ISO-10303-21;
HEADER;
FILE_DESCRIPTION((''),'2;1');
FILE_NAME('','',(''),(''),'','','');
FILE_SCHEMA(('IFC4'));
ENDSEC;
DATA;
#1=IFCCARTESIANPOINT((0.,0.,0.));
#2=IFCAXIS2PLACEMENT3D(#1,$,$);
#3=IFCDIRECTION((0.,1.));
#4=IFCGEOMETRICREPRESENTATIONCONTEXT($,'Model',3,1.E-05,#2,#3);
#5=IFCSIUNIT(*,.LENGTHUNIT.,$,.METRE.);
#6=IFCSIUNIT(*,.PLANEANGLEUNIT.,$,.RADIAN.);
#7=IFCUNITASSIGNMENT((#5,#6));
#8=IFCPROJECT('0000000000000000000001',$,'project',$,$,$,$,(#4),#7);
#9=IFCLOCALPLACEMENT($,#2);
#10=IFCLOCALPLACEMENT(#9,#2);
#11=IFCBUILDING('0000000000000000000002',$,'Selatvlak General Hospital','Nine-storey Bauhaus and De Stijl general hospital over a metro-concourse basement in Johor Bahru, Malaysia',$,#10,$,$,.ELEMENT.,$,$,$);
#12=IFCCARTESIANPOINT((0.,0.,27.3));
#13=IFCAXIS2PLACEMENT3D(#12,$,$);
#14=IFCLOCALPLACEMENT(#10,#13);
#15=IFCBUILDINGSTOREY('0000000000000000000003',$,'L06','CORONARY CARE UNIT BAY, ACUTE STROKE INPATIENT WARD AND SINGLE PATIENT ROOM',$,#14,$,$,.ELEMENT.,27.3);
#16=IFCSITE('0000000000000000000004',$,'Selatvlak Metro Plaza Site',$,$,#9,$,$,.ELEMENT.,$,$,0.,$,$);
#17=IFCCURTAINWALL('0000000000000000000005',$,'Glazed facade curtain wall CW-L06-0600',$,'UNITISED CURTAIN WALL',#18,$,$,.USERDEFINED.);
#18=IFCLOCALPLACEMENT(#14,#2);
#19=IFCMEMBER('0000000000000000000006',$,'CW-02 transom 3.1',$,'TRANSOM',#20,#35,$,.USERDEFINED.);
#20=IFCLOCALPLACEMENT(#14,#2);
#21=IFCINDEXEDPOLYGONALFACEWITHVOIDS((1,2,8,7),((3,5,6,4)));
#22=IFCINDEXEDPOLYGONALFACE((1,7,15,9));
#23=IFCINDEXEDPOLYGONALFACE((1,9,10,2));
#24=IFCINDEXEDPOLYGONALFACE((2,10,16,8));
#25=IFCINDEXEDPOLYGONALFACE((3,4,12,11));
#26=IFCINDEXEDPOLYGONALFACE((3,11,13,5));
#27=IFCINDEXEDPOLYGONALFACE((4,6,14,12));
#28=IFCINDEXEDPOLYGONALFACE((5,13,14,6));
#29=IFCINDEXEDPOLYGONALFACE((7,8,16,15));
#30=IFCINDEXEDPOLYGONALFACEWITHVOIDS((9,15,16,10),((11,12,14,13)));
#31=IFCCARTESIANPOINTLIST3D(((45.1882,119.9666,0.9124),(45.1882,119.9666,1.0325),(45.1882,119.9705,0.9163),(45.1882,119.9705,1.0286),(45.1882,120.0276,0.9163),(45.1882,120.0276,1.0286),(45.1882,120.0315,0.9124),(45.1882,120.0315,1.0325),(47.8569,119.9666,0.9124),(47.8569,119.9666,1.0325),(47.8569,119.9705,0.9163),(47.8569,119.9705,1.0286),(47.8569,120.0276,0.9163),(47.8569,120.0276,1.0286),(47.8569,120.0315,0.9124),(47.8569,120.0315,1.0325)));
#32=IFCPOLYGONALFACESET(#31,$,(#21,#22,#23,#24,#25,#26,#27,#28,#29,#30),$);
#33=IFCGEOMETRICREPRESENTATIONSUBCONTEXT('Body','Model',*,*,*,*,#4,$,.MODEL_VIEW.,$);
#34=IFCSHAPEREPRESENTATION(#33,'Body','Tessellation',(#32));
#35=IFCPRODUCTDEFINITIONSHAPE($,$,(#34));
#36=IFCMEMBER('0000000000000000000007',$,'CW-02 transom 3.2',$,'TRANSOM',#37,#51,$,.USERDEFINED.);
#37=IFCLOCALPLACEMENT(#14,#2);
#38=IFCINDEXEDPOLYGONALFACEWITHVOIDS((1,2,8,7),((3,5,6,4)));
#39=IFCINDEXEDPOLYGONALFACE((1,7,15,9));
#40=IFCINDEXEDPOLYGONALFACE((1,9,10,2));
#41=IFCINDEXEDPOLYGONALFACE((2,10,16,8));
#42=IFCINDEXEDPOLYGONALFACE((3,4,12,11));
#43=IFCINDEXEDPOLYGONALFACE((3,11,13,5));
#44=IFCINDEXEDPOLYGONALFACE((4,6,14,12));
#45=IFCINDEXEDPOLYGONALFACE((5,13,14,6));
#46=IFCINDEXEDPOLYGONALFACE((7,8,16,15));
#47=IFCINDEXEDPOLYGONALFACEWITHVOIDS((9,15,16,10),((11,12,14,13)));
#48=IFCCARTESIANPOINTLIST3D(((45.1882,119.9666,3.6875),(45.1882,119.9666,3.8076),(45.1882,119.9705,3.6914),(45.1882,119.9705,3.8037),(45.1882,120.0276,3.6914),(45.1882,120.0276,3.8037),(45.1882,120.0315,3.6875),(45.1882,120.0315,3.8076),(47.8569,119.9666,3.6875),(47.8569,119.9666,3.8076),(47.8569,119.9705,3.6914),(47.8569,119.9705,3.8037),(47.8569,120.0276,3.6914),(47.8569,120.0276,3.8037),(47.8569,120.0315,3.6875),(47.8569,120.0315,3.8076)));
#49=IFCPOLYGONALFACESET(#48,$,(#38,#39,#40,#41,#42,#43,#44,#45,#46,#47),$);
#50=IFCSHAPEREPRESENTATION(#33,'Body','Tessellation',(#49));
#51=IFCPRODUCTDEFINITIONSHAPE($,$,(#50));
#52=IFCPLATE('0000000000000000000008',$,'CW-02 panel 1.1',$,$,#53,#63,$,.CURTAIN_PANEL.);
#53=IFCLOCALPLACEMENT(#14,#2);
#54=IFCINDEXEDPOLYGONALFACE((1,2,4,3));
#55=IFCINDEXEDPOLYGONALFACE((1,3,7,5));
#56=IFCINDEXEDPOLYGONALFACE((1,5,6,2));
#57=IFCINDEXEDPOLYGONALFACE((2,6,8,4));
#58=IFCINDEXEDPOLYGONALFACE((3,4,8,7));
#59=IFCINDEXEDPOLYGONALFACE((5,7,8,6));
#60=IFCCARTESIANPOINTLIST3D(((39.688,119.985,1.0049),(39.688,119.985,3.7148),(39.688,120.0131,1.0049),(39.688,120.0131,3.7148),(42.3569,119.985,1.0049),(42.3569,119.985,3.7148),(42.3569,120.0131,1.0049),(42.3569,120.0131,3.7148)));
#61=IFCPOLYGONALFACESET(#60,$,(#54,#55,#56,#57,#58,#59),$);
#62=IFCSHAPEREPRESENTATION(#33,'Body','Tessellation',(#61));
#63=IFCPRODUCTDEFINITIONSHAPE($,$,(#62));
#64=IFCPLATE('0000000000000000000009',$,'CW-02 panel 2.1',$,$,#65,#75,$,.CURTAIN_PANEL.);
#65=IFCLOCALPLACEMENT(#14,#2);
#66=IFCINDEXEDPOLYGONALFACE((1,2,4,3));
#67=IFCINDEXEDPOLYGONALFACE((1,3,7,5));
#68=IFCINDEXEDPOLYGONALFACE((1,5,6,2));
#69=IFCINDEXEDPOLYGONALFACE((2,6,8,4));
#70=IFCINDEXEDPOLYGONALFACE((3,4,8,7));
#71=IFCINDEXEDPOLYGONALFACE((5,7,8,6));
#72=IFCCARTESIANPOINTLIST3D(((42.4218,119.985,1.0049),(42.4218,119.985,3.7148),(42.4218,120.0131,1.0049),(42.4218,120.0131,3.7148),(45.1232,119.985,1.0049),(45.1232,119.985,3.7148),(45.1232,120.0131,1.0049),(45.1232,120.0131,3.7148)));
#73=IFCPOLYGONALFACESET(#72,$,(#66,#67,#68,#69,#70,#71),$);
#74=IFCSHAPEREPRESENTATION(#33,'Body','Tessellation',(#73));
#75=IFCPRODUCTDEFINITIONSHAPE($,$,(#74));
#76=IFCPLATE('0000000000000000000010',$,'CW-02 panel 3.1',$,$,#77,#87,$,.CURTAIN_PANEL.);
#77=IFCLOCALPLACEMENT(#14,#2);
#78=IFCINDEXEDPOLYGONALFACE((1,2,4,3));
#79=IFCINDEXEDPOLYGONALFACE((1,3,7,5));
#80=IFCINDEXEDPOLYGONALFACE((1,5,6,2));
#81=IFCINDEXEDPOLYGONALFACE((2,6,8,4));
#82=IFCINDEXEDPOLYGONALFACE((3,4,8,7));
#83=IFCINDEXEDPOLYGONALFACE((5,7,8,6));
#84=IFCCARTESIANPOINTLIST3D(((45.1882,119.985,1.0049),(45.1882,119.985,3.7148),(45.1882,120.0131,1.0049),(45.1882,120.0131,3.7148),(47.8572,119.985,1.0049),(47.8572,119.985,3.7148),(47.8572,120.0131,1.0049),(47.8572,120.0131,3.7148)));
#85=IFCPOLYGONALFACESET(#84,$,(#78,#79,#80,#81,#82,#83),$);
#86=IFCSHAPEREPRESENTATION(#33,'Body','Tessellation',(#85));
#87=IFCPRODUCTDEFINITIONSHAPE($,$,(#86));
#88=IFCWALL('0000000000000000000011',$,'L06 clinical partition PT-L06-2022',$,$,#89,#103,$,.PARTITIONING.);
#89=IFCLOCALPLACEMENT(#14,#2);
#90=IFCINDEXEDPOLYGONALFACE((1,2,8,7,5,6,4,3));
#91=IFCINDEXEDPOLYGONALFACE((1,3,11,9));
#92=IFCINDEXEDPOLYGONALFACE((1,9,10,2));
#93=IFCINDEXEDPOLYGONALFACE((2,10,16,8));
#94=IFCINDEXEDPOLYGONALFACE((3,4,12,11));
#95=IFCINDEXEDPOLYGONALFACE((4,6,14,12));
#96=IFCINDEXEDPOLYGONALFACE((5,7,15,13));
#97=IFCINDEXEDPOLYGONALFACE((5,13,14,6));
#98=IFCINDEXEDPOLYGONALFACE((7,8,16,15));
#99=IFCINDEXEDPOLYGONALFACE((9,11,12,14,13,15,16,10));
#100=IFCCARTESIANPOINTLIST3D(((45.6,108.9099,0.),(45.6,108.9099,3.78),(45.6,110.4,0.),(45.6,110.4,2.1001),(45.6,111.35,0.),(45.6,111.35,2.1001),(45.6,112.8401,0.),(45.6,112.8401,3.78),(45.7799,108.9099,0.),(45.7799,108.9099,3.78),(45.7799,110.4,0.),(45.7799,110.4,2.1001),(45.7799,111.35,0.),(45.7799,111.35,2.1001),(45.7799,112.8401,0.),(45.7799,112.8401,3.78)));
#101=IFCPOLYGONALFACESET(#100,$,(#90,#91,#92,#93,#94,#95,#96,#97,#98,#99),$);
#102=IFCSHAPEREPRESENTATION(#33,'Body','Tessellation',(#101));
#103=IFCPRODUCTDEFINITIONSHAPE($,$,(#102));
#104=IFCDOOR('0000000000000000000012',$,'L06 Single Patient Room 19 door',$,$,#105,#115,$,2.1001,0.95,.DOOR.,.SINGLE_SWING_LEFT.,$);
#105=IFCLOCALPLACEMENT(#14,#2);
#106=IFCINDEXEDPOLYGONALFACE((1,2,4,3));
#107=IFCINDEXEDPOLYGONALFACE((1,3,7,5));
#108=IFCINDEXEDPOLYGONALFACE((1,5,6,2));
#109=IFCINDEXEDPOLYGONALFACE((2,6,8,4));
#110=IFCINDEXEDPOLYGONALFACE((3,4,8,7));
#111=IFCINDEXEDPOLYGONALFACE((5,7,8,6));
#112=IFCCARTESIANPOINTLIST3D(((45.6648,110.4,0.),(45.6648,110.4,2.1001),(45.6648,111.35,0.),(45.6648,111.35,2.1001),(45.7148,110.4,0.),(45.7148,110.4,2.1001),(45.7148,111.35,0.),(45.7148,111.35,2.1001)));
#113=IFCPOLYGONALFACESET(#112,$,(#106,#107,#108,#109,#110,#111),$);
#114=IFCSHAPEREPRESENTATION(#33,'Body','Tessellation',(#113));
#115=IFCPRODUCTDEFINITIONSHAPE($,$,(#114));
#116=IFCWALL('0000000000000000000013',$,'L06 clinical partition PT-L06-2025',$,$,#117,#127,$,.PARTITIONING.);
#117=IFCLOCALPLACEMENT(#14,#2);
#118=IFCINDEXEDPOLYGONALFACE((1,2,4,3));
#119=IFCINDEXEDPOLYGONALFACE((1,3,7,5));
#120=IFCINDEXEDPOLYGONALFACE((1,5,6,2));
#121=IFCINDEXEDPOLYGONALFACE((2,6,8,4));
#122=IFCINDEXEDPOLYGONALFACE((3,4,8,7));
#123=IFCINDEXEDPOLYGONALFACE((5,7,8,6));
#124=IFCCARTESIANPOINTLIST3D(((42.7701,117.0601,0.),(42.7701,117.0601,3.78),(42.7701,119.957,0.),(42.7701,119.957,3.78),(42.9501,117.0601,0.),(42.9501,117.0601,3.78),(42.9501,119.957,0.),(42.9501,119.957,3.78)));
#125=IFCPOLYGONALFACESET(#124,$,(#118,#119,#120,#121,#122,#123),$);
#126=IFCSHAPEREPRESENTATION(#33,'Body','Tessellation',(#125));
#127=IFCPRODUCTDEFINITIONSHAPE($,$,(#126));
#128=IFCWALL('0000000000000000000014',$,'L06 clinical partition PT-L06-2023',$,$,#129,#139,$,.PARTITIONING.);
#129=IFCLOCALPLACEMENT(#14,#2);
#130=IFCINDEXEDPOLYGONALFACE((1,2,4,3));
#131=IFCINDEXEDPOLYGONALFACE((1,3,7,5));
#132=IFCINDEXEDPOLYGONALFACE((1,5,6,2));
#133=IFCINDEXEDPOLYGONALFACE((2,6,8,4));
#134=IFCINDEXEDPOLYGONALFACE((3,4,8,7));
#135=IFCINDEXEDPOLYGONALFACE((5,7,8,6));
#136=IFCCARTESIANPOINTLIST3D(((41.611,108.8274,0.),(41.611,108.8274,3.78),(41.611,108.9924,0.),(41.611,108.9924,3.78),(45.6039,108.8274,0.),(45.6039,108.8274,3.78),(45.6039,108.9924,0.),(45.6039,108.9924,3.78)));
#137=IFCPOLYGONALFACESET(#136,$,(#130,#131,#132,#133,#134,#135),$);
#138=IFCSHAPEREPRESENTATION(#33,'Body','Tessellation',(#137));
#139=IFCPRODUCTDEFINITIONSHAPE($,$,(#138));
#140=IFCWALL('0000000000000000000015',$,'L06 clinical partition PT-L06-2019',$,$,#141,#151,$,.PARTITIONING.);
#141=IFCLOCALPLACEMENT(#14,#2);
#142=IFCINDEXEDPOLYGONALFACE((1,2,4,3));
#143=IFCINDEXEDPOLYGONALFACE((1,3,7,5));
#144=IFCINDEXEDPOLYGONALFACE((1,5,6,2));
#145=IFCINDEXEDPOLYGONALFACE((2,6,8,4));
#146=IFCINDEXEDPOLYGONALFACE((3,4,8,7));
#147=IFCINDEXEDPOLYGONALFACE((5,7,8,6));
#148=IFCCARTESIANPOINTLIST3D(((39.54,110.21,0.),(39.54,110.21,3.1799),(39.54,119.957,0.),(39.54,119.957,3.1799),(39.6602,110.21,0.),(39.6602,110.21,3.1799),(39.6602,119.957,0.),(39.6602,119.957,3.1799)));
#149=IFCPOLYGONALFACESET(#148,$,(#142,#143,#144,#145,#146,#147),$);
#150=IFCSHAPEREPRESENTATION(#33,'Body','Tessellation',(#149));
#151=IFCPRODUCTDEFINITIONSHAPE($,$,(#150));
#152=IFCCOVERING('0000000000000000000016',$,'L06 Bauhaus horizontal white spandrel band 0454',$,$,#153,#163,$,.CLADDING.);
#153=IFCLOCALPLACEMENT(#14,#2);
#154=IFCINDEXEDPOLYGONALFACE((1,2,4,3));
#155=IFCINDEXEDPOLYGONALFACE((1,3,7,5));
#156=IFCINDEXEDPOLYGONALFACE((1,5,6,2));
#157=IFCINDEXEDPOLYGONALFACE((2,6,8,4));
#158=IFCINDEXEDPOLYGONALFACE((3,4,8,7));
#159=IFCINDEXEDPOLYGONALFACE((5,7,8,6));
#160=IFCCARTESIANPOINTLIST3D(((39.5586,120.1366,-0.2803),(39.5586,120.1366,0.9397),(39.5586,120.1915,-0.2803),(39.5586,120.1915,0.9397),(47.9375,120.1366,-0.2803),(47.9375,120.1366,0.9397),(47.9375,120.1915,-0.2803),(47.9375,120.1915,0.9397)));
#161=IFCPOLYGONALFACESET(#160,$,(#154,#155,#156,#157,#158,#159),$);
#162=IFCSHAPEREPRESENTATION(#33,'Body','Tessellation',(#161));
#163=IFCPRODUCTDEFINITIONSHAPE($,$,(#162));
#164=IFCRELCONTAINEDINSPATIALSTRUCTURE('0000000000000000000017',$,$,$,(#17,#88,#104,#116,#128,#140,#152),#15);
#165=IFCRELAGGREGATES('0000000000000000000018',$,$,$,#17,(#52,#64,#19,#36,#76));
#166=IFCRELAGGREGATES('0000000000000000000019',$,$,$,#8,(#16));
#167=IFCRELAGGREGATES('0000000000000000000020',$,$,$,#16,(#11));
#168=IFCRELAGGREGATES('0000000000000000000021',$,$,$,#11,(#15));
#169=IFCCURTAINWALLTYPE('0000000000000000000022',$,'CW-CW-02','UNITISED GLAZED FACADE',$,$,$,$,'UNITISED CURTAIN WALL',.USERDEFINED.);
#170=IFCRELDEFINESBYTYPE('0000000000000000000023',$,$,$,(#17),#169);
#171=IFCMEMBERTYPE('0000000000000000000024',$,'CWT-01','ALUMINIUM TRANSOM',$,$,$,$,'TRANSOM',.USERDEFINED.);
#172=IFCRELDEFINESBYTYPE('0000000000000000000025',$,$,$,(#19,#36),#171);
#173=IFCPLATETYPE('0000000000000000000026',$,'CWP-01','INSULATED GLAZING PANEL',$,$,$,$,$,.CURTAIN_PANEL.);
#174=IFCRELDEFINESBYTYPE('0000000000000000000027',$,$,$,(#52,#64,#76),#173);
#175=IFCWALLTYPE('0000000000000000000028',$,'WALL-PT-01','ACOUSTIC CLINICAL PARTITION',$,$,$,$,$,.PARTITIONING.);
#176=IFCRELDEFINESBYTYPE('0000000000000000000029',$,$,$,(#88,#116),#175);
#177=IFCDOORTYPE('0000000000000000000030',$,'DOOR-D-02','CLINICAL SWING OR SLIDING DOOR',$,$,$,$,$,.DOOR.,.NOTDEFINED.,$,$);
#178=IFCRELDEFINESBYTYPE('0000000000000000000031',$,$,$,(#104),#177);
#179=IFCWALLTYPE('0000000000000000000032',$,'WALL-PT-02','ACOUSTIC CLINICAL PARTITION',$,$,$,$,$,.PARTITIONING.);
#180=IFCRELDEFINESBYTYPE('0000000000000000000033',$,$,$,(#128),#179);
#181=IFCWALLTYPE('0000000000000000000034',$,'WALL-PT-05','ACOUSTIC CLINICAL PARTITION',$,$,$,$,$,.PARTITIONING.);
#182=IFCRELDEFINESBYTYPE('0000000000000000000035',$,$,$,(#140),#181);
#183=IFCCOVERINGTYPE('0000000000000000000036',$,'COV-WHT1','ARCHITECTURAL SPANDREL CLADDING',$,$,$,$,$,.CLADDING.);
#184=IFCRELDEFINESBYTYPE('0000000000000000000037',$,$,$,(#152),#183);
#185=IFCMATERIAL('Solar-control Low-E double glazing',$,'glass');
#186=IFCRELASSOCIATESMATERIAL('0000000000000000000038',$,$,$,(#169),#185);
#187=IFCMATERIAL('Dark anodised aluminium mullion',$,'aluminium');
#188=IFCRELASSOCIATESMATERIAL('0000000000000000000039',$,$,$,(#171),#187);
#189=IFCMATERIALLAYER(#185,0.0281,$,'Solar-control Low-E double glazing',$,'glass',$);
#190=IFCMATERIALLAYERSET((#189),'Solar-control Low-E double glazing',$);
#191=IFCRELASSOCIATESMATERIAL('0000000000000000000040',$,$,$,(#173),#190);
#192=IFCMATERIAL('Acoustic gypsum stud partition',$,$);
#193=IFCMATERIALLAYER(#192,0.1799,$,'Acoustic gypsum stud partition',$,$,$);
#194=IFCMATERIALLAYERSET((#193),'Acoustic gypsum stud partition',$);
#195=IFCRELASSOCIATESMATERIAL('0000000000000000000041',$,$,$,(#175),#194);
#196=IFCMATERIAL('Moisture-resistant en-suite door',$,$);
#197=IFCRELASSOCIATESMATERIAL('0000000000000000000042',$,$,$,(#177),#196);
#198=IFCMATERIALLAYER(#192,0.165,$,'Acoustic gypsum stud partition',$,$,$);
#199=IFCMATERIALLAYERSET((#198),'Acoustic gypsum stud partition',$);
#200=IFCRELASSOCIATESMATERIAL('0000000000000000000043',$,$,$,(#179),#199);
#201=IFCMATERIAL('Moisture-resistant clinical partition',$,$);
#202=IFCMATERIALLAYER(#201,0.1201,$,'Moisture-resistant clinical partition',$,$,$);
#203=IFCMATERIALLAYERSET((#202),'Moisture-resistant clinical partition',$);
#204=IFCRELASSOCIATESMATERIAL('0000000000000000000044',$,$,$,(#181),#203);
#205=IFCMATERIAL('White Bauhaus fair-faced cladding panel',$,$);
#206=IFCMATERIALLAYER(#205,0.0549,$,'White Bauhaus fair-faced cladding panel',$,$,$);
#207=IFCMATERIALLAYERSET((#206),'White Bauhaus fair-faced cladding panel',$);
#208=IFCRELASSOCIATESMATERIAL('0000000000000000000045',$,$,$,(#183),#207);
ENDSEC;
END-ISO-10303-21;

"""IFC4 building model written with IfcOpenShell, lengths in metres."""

from ifc_helpers import new_model, si_unit, direction, frame, frame_2d, origin, origin_2d, place, context, subcontext, project, spatial, rectangle, hollow_rectangle, extrude, material, layer, layer_set, material_profile, profile_set, type_object, element, fill, aggregate, save


model = new_model("IFC4")

# Units and contexts
model_context = context("Model", 3, precision=1e-05, world=origin(), true_north=direction((0.0, 1.0)))
body_context = subcontext(model_context, "Body", "Model", "MODEL_VIEW")
ifc_project = project(units=[si_unit("LENGTHUNIT", "METRE"), si_unit("PLANEANGLEUNIT", "RADIAN")], contexts=[model_context])

# Site, building, storey
site_placement = place(None, origin())
site = spatial("IfcSite", under=ifc_project, at=site_placement, Name="Selatvlak Metro Plaza Site", CompositionType="ELEMENT", RefElevation=0.0)
building_placement = place(site_placement, origin())
building = spatial("IfcBuilding", under=site, at=building_placement, Name="Selatvlak General Hospital", Description="Nine-storey Bauhaus and De Stijl general hospital over a metro-concourse basement in Johor Bahru, Malaysia", CompositionType="ELEMENT")
storey_placement = place(building_placement, frame((0.0, 0.0, 27.3)))
storey = spatial("IfcBuildingStorey", under=building, at=storey_placement, Name="L06", Description="CORONARY CARE UNIT BAY, ACUTE STROKE INPATIENT WARD AND SINGLE PATIENT ROOM", CompositionType="ELEMENT", Elevation=27.3)

# Curtain wall
ifc_material_1 = material(Name="Solar-control Low-E double glazing", Category="glass")
curtain_wall_type_1 = type_object("IfcCurtainWallType", Name="CW-CW-02", Description="UNITISED GLAZED FACADE", ElementType="UNITISED CURTAIN WALL", PredefinedType="USERDEFINED", material=ifc_material_1)
curtain_wall_1_placement = place(storey_placement, origin())
curtain_wall_1 = element("IfcCurtainWall", 1, at=curtain_wall_1_placement, inside=storey, type_object=curtain_wall_type_1, Name="Glazed facade curtain wall CW-L06-0600", ObjectType="UNITISED CURTAIN WALL", PredefinedType="USERDEFINED")
ifc_material_2 = material(Name="Dark anodised aluminium mullion", Category="aluminium")

# Members
ifc_material_profile_1 = material_profile(ifc_material_2, hollow_rectangle(XDim=0.0649, YDim=0.1201, WallThickness=0.0039, at=origin_2d()), Name="AL-TRN 65x120x4")
ifc_profile_set_1 = profile_set([ifc_material_profile_1], Name="Dark anodised aluminium mullion")
member_type_1 = type_object("IfcMemberType", Name="CWT-01", Description="ALUMINIUM TRANSOM", ElementType="TRANSOM", PredefinedType="USERDEFINED", material=ifc_profile_set_1)
member_1_placement = place(storey_placement, frame((45.1882, 119.999, 0.9724), z_axis=(1.0, 0.0, 0.0), x_axis=(0.0, 1.0, 0.0)))
member_1 = element("IfcMember", 2, at=member_1_placement, type_object=member_type_1, Name="CW-02 transom 3.1", ObjectType="TRANSOM", PredefinedType="USERDEFINED", context=body_context, shape_type="SweptSolid", body=[
    extrude(hollow_rectangle(XDim=0.0649, YDim=0.1201, WallThickness=0.0039, at=origin_2d()), origin(), (0.0, 0.0, 1.0), 2.6687),
])
member_2_placement = place(storey_placement, frame((45.1882, 119.999, 3.7476), z_axis=(1.0, 0.0, 0.0), x_axis=(0.0, 1.0, 0.0)))
member_2 = element("IfcMember", 3, at=member_2_placement, type_object=member_type_1, Name="CW-02 transom 3.2", ObjectType="TRANSOM", PredefinedType="USERDEFINED", context=body_context, shape_type="SweptSolid", body=[
    extrude(hollow_rectangle(XDim=0.0649, YDim=0.1201, WallThickness=0.0039, at=origin_2d()), origin(), (0.0, 0.0, 1.0), 2.6687),
])

# Plates
ifc_layer_1 = layer(ifc_material_1, 0.0281, Name="Solar-control Low-E double glazing", Category="glass")
ifc_layer_set_1 = layer_set([ifc_layer_1], Name="Solar-control Low-E double glazing")
plate_type = type_object("IfcPlateType", Name="CWP-01", Description="INSULATED GLAZING PANEL", PredefinedType="CURTAIN_PANEL", material=ifc_layer_set_1)
plate_1_placement = place(storey_placement, frame((41.0225, 119.999, 1.0049), z_axis=(0.0, 0.0, 1.0), x_axis=(1.0, 0.0, 0.0)))
plate_1 = element("IfcPlate", 4, at=plate_1_placement, type_object=plate_type, Name="CW-02 panel 1.1", PredefinedType="CURTAIN_PANEL", context=body_context, shape_type="SweptSolid", body=[
    extrude(rectangle(XDim=2.6689, YDim=0.0281, at=origin_2d()), origin(), (0.0, 0.0, 1.0), 2.71),
])
plate_2_placement = place(storey_placement, frame((43.7725, 119.999, 1.0049), z_axis=(0.0, 0.0, 1.0), x_axis=(1.0, 0.0, 0.0)))
plate_2 = element("IfcPlate", 5, at=plate_2_placement, type_object=plate_type, Name="CW-02 panel 2.1", PredefinedType="CURTAIN_PANEL", context=body_context, shape_type="SweptSolid", body=[
    extrude(rectangle(XDim=2.7014, YDim=0.0281, at=origin_2d()), origin(), (0.0, 0.0, 1.0), 2.71),
])
plate_3_placement = place(storey_placement, frame((46.5227, 119.999, 1.0049), z_axis=(0.0, 0.0, 1.0), x_axis=(1.0, 0.0, 0.0)))
plate_3 = element("IfcPlate", 6, at=plate_3_placement, type_object=plate_type, Name="CW-02 panel 3.1", PredefinedType="CURTAIN_PANEL", context=body_context, shape_type="SweptSolid", body=[
    extrude(rectangle(XDim=2.6689, YDim=0.0281, at=origin_2d()), origin(), (0.0, 0.0, 1.0), 2.71),
])
aggregate(curtain_wall_1, [plate_1, plate_2, member_1, member_2, plate_3])

# Wall, opening, door
ifc_material_3 = material(Name="Acoustic gypsum stud partition")
ifc_layer_2 = layer(ifc_material_3, 0.1799, Name="Acoustic gypsum stud partition")
ifc_layer_set_2 = layer_set([ifc_layer_2], Name="Acoustic gypsum stud partition")
wall_type_1 = type_object("IfcWallType", Name="WALL-PT-01", Description="ACOUSTIC CLINICAL PARTITION", PredefinedType="PARTITIONING", material=ifc_layer_set_2)
wall_1_placement = place(storey_placement, frame((45.6899, 112.8401, 0.0), z_axis=(0.0, 0.0, 1.0), x_axis=(0.0, -1.0, 0.0)))
wall_1 = element("IfcWall", 7, at=wall_1_placement, inside=storey, type_object=wall_type_1, Name="L06 clinical partition PT-L06-2022", PredefinedType="PARTITIONING", context=body_context, shape_type="SweptSolid", body=[
    extrude(rectangle(XDim=3.9302, YDim=0.1799, at=frame_2d((1.9651, 0.0))), origin(), (0.0, 0.0, 1.0), 3.78),
])
opening_1_placement = place(wall_1_placement, frame((1.49, 0.0, 0.0)))
opening_1 = element("IfcOpeningElement", 8, at=opening_1_placement, cuts=wall_1, PredefinedType="OPENING", context=body_context, shape_type="SweptSolid", body=[
    extrude(rectangle(XDim=0.95, YDim=2.1001, at=frame_2d((0.4751, 1.05))), frame((0.0, 0.0999, 0.0), z_axis=(0.0, -1.0, 0.0), x_axis=(1.0, 0.0, 0.0)), (0.0, 0.0, 1.0), 0.2),
])
ifc_material_4 = material(Name="Moisture-resistant en-suite door")
door_type_1 = type_object("IfcDoorType", Name="DOOR-D-02", Description="CLINICAL SWING OR SLIDING DOOR", OperationType="NOTDEFINED", PredefinedType="DOOR", material=ifc_material_4)
door_1_placement = place(opening_1_placement, origin())
door_1 = element("IfcDoor", 9, at=door_1_placement, inside=storey, type_object=door_type_1, Name="L06 Single Patient Room 19 door", OperationType="SINGLE_SWING_LEFT", OverallHeight=2.1001, OverallWidth=0.95, PredefinedType="DOOR", context=body_context, shape_type="SweptSolid", body=[
    extrude(rectangle(XDim=0.95, YDim=2.1001, at=frame_2d((0.4751, 1.05))), frame((0.0, 0.0249, 0.0), z_axis=(0.0, -1.0, 0.0), x_axis=(1.0, 0.0, 0.0)), (0.0, 0.0, 1.0), 0.05),
])
fill(opening_1, door_1)

# Walls
wall_2_placement = place(storey_placement, frame((42.8601, 117.0601, 0.0), z_axis=(0.0, 0.0, 1.0), x_axis=(0.0, 1.0, 0.0)))
element("IfcWall", 10, at=wall_2_placement, inside=storey, type_object=wall_type_1, Name="L06 clinical partition PT-L06-2025", PredefinedType="PARTITIONING", context=body_context, shape_type="SweptSolid", body=[
    extrude(rectangle(XDim=2.897, YDim=0.1799, at=frame_2d((1.4485, 0.0))), origin(), (0.0, 0.0, 1.0), 3.78),
])
ifc_layer_3 = layer(ifc_material_3, 0.165, Name="Acoustic gypsum stud partition")
ifc_layer_set_3 = layer_set([ifc_layer_3], Name="Acoustic gypsum stud partition")
wall_type_2 = type_object("IfcWallType", Name="WALL-PT-02", Description="ACOUSTIC CLINICAL PARTITION", PredefinedType="PARTITIONING", material=ifc_layer_set_3)
wall_3_placement = place(storey_placement, frame((45.604, 108.9099, 0.0), z_axis=(0.0, 0.0, 1.0), x_axis=(-1.0, 0.0, 0.0)))
element("IfcWall", 11, at=wall_3_placement, inside=storey, type_object=wall_type_2, Name="L06 clinical partition PT-L06-2023", PredefinedType="PARTITIONING", context=body_context, shape_type="SweptSolid", body=[
    extrude(rectangle(XDim=3.9929, YDim=0.165, at=frame_2d((1.9966, 0.0))), origin(), (0.0, 0.0, 1.0), 3.78),
])

# Shared definitions
ifc_material_5 = material(Name="Moisture-resistant clinical partition")

# Wall
ifc_layer_4 = layer(ifc_material_5, 0.1201, Name="Moisture-resistant clinical partition")
ifc_layer_set_4 = layer_set([ifc_layer_4], Name="Moisture-resistant clinical partition")
wall_type_3 = type_object("IfcWallType", Name="WALL-PT-05", Description="ACOUSTIC CLINICAL PARTITION", PredefinedType="PARTITIONING", material=ifc_layer_set_4)
wall_4_placement = place(storey_placement, frame((39.6001, 119.957, 0.0), z_axis=(0.0, 0.0, 1.0), x_axis=(0.0, -1.0, 0.0)))
element("IfcWall", 12, at=wall_4_placement, inside=storey, type_object=wall_type_3, Name="L06 clinical partition PT-L06-2019", PredefinedType="PARTITIONING", context=body_context, shape_type="SweptSolid", body=[
    extrude(rectangle(XDim=9.7471, YDim=0.1201, at=frame_2d((4.8735, 0.0))), origin(), (0.0, 0.0, 1.0), 3.1799),
])

# Covering
ifc_material_6 = material(Name="White Bauhaus fair-faced cladding panel")
ifc_layer_5 = layer(ifc_material_6, 0.0549, Name="White Bauhaus fair-faced cladding panel")
ifc_layer_set_5 = layer_set([ifc_layer_5], Name="White Bauhaus fair-faced cladding panel")
covering_type = type_object("IfcCoveringType", Name="COV-WHT1", Description="ARCHITECTURAL SPANDREL CLADDING", PredefinedType="CLADDING", material=ifc_layer_set_5)
covering_placement = place(storey_placement, frame((43.748, 120.1641, -0.2803), z_axis=(0.0, 0.0, 1.0), x_axis=(1.0, 0.0, 0.0)))
element("IfcCovering", 13, at=covering_placement, inside=storey, type_object=covering_type, Name="L06 Bauhaus horizontal white spandrel band 0454", PredefinedType="CLADDING", context=body_context, shape_type="SweptSolid", body=[
    extrude(rectangle(XDim=8.3789, YDim=0.0549, at=origin_2d()), origin(), (0.0, 0.0, 1.0), 1.22),
])

save(model, "model.ifc")
